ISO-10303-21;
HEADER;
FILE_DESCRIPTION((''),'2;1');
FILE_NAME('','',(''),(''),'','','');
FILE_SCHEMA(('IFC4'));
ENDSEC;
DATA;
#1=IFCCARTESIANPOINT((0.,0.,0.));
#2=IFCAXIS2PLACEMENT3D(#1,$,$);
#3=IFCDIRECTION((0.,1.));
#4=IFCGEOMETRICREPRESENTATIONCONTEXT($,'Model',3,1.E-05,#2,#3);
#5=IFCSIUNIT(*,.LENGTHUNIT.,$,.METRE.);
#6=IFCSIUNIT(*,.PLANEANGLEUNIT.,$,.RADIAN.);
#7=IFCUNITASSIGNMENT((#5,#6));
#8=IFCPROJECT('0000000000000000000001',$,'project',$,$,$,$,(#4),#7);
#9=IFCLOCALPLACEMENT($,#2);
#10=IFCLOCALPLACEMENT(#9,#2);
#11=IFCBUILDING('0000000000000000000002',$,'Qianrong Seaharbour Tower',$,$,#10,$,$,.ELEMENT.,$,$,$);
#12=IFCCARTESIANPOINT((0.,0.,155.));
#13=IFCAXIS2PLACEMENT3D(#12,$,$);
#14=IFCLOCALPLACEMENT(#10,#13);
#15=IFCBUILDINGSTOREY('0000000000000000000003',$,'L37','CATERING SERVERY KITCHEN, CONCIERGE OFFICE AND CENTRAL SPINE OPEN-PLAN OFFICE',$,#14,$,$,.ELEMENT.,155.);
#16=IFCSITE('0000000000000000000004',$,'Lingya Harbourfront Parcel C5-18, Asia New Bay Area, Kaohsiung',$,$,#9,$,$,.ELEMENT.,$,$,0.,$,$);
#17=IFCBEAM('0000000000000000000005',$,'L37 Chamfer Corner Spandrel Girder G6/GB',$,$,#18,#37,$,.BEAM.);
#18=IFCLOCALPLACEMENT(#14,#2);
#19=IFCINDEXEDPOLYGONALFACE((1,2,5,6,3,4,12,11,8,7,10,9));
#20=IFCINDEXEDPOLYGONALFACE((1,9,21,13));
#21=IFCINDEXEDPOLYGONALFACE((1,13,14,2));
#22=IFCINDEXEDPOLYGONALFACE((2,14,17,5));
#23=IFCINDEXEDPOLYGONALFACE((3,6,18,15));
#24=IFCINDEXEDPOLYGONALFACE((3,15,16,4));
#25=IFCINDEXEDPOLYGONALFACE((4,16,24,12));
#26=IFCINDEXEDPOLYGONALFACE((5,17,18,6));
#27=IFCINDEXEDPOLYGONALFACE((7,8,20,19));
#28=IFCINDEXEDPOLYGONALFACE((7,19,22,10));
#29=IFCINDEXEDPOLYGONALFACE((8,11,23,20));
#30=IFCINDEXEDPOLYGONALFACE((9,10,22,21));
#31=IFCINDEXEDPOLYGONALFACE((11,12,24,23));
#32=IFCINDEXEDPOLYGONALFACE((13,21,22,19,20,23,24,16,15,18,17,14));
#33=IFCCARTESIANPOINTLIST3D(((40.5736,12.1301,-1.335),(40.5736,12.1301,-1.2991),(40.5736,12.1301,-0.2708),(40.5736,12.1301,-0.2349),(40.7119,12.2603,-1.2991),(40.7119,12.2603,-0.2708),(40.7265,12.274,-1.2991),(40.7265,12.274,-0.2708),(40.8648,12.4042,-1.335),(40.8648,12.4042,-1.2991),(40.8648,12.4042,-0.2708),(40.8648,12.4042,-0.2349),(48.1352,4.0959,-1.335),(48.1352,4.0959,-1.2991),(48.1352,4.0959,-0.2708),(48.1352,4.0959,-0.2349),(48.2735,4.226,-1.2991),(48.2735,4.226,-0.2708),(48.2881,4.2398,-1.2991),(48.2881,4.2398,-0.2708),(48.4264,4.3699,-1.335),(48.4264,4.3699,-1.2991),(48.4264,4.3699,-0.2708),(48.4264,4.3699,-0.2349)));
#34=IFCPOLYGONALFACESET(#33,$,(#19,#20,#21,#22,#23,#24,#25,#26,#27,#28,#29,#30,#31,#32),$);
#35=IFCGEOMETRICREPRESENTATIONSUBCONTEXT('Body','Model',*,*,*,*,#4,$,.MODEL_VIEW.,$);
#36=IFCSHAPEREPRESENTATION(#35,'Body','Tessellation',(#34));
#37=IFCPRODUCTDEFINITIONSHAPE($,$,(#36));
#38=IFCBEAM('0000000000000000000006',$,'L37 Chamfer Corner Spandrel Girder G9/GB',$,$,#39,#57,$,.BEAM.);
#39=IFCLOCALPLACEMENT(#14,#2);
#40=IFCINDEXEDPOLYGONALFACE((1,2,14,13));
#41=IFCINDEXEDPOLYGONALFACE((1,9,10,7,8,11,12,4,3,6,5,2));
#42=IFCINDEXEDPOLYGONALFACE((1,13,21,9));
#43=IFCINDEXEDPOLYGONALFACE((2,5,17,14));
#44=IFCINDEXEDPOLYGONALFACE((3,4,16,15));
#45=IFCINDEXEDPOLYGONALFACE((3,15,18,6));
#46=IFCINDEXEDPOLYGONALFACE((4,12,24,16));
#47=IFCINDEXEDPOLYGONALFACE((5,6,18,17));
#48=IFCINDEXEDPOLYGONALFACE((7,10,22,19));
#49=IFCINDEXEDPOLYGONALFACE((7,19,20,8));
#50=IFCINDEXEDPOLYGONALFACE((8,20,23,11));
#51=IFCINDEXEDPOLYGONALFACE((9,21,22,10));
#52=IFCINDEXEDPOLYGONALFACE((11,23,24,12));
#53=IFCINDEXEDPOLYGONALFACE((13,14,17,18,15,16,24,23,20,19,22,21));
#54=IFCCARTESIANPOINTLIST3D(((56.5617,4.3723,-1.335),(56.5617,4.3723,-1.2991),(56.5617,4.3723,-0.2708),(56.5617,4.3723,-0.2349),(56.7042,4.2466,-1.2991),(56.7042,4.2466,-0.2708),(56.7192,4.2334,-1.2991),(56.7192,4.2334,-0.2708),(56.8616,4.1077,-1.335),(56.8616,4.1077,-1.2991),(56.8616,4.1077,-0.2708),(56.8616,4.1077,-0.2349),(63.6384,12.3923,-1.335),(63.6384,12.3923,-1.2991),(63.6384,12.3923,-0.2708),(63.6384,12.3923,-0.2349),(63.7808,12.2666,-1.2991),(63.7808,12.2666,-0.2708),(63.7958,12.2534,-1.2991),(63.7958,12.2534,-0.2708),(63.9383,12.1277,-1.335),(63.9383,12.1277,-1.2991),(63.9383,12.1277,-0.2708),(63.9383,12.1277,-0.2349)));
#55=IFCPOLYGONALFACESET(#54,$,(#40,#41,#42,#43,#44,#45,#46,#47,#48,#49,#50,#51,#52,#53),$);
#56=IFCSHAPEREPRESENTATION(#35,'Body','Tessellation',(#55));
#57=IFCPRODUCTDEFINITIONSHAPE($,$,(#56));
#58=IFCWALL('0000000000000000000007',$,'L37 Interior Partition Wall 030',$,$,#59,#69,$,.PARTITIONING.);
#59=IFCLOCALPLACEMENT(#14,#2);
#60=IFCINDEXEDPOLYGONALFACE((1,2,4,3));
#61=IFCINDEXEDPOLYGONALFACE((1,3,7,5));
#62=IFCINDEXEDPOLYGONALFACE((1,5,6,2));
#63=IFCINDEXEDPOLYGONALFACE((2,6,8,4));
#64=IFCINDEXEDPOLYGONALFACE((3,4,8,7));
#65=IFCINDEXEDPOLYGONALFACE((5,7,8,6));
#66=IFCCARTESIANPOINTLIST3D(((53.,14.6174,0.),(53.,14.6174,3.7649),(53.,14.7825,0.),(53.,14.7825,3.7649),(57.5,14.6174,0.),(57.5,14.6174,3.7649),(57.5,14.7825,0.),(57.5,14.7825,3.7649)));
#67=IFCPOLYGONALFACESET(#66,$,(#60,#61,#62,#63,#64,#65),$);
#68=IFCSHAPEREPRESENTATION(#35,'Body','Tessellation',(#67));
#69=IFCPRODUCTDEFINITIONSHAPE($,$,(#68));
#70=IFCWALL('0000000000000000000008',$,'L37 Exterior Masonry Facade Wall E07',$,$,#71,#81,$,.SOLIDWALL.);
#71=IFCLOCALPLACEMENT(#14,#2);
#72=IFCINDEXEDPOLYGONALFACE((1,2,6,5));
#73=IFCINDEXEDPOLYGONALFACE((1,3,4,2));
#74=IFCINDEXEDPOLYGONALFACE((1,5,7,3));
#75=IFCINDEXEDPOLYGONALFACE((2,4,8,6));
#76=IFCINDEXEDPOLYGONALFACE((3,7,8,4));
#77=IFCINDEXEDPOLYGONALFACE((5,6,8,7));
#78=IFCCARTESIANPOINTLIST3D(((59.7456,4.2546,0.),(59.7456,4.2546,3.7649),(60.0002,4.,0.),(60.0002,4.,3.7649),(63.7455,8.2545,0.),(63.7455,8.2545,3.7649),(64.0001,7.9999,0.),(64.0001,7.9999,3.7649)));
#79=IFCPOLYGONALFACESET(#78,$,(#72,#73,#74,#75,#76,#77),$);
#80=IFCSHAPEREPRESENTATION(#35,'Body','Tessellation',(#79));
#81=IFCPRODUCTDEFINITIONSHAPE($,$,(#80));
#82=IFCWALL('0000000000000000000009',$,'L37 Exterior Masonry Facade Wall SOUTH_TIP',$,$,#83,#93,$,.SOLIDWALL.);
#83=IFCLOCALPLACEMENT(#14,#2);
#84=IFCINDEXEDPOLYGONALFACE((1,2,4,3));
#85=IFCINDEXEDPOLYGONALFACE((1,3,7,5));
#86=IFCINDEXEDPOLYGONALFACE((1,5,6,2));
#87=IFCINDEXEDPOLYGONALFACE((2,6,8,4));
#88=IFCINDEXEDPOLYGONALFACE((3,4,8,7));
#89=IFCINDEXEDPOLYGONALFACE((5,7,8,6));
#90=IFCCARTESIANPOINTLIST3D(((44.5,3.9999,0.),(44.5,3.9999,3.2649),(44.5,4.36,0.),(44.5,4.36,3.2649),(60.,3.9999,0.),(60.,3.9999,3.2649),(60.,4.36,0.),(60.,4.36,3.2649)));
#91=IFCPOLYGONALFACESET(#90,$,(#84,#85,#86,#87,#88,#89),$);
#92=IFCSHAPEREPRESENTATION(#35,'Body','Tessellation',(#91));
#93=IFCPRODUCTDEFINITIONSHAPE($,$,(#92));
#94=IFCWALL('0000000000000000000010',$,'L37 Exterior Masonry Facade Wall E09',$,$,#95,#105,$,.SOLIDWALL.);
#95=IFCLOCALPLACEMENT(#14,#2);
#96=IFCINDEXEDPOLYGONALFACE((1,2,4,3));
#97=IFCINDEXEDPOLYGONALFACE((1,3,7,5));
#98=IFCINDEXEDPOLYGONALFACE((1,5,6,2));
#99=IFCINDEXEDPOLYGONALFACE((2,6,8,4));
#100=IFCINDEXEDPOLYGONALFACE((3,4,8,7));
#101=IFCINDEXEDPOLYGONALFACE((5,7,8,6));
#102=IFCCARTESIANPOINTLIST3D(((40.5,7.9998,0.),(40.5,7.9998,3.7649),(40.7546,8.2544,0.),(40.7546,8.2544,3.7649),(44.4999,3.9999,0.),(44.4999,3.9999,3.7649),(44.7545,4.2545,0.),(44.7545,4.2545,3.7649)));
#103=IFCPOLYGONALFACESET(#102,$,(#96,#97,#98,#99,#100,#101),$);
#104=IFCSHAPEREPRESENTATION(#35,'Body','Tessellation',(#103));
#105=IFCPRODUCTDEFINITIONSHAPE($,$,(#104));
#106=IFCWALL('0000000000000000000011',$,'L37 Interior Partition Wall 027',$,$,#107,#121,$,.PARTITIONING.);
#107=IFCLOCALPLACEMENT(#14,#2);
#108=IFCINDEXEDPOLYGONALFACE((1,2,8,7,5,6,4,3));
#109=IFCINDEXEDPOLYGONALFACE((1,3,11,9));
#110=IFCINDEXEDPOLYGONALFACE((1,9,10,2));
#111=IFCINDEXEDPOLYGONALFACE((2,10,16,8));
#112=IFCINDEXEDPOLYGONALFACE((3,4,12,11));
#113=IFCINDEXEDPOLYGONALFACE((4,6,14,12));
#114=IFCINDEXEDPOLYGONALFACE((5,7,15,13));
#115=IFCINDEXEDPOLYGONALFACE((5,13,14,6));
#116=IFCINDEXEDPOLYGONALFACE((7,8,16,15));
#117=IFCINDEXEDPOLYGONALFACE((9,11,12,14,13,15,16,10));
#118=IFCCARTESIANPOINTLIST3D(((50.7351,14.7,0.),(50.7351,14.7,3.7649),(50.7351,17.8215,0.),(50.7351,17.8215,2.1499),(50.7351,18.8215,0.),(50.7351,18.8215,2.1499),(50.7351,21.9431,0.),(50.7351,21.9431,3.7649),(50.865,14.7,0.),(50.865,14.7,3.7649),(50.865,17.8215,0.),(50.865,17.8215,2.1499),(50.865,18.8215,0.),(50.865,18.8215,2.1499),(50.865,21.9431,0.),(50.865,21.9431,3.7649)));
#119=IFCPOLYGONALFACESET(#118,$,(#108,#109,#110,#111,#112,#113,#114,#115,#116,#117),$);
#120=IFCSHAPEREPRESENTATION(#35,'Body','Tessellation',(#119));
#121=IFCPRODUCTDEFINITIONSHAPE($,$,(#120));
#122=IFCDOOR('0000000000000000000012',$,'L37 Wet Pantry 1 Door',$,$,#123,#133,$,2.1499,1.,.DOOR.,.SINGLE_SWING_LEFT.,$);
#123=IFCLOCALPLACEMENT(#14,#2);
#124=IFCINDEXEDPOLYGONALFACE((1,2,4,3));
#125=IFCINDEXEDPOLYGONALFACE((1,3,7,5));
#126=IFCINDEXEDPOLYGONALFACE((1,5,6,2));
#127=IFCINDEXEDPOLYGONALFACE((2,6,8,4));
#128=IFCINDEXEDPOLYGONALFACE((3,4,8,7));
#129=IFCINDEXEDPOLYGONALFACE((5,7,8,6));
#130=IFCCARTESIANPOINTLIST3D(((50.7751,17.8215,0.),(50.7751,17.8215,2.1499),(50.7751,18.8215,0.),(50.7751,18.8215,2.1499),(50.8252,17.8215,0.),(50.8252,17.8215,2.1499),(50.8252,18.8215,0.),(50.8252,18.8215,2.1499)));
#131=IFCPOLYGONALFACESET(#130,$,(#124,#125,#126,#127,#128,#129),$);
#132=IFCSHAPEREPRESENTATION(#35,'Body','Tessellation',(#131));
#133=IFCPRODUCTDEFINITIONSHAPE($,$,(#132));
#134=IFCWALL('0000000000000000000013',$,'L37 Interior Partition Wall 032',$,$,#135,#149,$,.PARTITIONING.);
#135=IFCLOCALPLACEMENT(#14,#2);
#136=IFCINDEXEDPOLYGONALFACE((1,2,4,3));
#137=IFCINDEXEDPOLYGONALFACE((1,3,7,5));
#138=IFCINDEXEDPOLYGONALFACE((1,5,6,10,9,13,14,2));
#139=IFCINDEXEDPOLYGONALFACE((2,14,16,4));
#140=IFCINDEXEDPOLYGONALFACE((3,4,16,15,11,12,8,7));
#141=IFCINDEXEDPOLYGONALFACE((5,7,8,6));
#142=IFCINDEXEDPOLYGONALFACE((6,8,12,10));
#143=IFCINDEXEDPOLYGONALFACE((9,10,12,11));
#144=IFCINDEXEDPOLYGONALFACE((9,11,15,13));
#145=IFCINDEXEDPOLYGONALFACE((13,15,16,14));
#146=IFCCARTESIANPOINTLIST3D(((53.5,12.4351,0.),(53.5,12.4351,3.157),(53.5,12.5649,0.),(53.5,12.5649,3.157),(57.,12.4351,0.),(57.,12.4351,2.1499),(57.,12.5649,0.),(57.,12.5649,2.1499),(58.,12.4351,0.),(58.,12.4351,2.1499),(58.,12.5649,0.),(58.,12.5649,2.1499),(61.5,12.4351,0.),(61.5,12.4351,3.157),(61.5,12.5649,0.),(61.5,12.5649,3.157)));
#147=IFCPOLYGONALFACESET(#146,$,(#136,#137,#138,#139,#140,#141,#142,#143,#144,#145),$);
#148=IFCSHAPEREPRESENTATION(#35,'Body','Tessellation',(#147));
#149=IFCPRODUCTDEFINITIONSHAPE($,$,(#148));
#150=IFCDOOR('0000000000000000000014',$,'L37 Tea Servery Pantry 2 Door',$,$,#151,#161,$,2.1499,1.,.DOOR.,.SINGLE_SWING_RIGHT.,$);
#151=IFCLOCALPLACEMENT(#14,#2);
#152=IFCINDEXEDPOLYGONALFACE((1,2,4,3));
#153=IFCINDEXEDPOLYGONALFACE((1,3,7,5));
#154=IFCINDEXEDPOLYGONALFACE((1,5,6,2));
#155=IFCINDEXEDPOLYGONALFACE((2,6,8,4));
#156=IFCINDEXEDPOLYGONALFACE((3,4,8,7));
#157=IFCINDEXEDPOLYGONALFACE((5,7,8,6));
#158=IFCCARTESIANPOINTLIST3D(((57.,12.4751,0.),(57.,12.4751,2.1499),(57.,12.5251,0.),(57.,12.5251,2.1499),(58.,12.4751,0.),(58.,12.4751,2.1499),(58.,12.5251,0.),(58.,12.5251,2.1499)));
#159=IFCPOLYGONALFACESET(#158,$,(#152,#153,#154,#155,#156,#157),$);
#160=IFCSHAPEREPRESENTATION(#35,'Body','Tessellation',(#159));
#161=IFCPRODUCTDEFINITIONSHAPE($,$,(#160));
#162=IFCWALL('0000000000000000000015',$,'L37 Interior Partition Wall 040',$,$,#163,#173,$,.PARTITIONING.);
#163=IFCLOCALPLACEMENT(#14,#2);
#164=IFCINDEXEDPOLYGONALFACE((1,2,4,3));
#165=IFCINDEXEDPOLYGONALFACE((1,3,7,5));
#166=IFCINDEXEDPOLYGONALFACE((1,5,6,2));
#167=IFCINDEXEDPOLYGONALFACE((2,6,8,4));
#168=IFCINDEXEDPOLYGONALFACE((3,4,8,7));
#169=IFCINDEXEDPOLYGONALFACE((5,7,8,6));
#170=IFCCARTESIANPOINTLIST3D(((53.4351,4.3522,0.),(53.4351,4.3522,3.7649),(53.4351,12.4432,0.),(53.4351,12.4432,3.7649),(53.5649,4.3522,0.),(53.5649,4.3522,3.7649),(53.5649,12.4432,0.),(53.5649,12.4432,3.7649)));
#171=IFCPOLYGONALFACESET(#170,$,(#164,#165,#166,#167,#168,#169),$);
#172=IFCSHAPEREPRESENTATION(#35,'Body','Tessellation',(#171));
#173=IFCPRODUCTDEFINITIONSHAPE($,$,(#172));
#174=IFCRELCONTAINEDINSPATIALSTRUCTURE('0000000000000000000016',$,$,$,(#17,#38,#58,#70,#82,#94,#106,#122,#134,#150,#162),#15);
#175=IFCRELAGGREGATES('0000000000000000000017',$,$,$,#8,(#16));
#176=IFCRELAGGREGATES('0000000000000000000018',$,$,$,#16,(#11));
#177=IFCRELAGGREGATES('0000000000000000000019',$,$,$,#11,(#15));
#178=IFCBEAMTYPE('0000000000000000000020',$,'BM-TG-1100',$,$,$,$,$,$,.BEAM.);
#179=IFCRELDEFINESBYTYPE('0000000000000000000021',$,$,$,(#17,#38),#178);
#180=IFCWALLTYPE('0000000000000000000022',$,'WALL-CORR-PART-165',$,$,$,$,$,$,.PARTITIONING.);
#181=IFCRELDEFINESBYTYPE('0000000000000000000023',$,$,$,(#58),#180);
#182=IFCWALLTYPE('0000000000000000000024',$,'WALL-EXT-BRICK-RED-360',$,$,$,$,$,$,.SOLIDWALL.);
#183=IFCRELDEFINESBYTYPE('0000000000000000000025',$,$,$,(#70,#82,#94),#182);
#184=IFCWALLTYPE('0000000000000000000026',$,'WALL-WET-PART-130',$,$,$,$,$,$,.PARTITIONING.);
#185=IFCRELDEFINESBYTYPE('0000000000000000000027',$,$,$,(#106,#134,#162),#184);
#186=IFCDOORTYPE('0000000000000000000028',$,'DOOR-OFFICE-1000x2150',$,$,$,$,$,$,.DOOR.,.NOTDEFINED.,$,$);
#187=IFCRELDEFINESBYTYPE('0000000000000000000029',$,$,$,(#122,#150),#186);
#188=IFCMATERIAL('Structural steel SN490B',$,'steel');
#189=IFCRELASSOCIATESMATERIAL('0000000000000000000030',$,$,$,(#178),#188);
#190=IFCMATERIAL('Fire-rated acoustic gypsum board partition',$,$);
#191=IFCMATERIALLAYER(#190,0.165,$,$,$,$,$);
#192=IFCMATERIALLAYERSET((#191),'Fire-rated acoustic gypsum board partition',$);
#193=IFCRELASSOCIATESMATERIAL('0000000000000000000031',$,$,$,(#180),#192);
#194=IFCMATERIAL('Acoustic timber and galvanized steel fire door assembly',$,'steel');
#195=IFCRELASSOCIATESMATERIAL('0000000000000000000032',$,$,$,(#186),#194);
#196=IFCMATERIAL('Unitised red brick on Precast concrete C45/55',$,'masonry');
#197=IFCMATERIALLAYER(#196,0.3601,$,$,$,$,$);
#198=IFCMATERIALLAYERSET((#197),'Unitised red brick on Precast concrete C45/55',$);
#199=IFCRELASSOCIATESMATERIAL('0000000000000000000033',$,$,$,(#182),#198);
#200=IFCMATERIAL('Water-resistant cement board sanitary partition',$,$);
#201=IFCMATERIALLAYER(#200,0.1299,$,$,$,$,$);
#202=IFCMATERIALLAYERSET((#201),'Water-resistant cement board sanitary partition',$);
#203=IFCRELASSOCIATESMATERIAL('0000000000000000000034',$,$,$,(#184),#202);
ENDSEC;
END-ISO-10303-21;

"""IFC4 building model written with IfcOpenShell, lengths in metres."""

from ifc_helpers import new_model, si_unit, direction, frame, frame_2d, origin, origin_2d, place, context, subcontext, project, spatial, rectangle, i_section, extrude, material, layer, layer_set, material_profile, profile_set, type_object, element, fill, save


model = new_model("IFC4")

# Units and contexts
model_context = context("Model", 3, precision=1e-05, world=origin(), true_north=direction((0.0, 1.0)))
body_context = subcontext(model_context, "Body", "Model", "MODEL_VIEW")
ifc_project = project(units=[si_unit("LENGTHUNIT", "METRE"), si_unit("PLANEANGLEUNIT", "RADIAN")], contexts=[model_context])

# Site, building, storey
site_placement = place(None, origin())
site = spatial("IfcSite", under=ifc_project, at=site_placement, Name="Lingya Harbourfront Parcel C5-18, Asia New Bay Area, Kaohsiung", CompositionType="ELEMENT", RefElevation=0.0)
building_placement = place(site_placement, origin())
building = spatial("IfcBuilding", under=site, at=building_placement, Name="Qianrong Seaharbour Tower", CompositionType="ELEMENT")
storey_placement = place(building_placement, frame((0.0, 0.0, 155.0)))
storey = spatial("IfcBuildingStorey", under=building, at=storey_placement, Name="L37", Description="CATERING SERVERY KITCHEN, CONCIERGE OFFICE AND CENTRAL SPINE OPEN-PLAN OFFICE", CompositionType="ELEMENT", Elevation=155.0)

# Shared definitions
ifc_material_1 = material(Name="Structural steel SN490B", Category="steel")

# Beams
ifc_material_profile_1 = material_profile(ifc_material_1, i_section(OverallWidth=0.3999, OverallDepth=1.1001, WebThickness=0.02, FlangeThickness=0.0359, at=origin_2d()), Name="BH1100x400x20x36")
ifc_profile_set_1 = profile_set([ifc_material_profile_1], Name="Structural steel SN490B")
beam_type_1 = type_object("IfcBeamType", Name="BM-TG-1100", PredefinedType="BEAM", material=ifc_profile_set_1)
beam_1_placement = place(storey_placement, frame((48.2808, 4.2329, -0.7849), z_axis=(-0.685362, 0.728203, 0.0), x_axis=(-0.728203, -0.685362, 0.0)))
element("IfcBeam", 1, at=beam_1_placement, inside=storey, type_object=beam_type_1, Name="L37 Chamfer Corner Spandrel Girder G6/GB", PredefinedType="BEAM", context=body_context, shape_type="SweptSolid", body=[
    extrude(i_section(OverallWidth=0.3999, OverallDepth=1.1001, WebThickness=0.02, FlangeThickness=0.0359, at=origin_2d()), origin(), (0.0, 0.0, 1.0), 11.033),
])
beam_2_placement = place(storey_placement, frame((56.7117, 4.24, -0.7849), z_axis=(0.661631, 0.74983, 0.0), x_axis=(-0.74983, 0.661631, 0.0)))
element("IfcBeam", 2, at=beam_2_placement, inside=storey, type_object=beam_type_1, Name="L37 Chamfer Corner Spandrel Girder G9/GB", PredefinedType="BEAM", context=body_context, shape_type="SweptSolid", body=[
    extrude(i_section(OverallWidth=0.3999, OverallDepth=1.1001, WebThickness=0.02, FlangeThickness=0.0359, at=origin_2d()), origin(), (0.0, 0.0, 1.0), 10.6958),
])

# Shared definitions
ifc_material_2 = material(Name="Fire-rated acoustic gypsum board partition")
ifc_layer_1 = layer(ifc_material_2, 0.165)
ifc_layer_set_1 = layer_set([ifc_layer_1], Name="Fire-rated acoustic gypsum board partition")
wall_type_1 = type_object("IfcWallType", Name="WALL-CORR-PART-165", PredefinedType="PARTITIONING", material=ifc_layer_set_1)
ifc_material_3 = material(Name="Acoustic timber and galvanized steel fire door assembly", Category="steel")
door_type = type_object("IfcDoorType", Name="DOOR-OFFICE-1000x2150", OperationType="NOTDEFINED", PredefinedType="DOOR", material=ifc_material_3)

# Wall
wall_1_placement = place(storey_placement, frame((53.0, 14.7, 0.0), z_axis=(0.0, 0.0, 1.0), x_axis=(1.0, 0.0, 0.0)))
element("IfcWall", 3, at=wall_1_placement, inside=storey, type_object=wall_type_1, Name="L37 Interior Partition Wall 030", PredefinedType="PARTITIONING", context=body_context, shape_type="SweptSolid", body=[
    extrude(rectangle(XDim=4.5, YDim=0.165, at=frame_2d((2.25, 0.0))), origin(), (0.0, 0.0, 1.0), 3.7649),
])

# Walls
ifc_material_4 = material(Name="Unitised red brick on Precast concrete C45/55", Category="masonry")
ifc_layer_2 = layer(ifc_material_4, 0.3601)
ifc_layer_set_2 = layer_set([ifc_layer_2], Name="Unitised red brick on Precast concrete C45/55")
wall_type_2 = type_object("IfcWallType", Name="WALL-EXT-BRICK-RED-360", PredefinedType="SOLIDWALL", material=ifc_layer_set_2)
wall_2_placement = place(storey_placement, frame((63.8728, 8.1272, 0.0), z_axis=(0.0, 0.0, 1.0), x_axis=(-0.707107, -0.707107, 0.0)))
element("IfcWall", 4, at=wall_2_placement, inside=storey, type_object=wall_type_2, Name="L37 Exterior Masonry Facade Wall E07", PredefinedType="SOLIDWALL", context=body_context, shape_type="SweptSolid", body=[
    extrude(rectangle(XDim=5.6567, YDim=0.3601, at=frame_2d((2.8284, 0.0))), origin(), (0.0, 0.0, 1.0), 3.7649),
])
wall_3_placement = place(storey_placement, frame((60.0, 4.1799, 0.0), z_axis=(0.0, 0.0, 1.0), x_axis=(-1.0, 0.0, 0.0)))
element("IfcWall", 5, at=wall_3_placement, inside=storey, type_object=wall_type_2, Name="L37 Exterior Masonry Facade Wall SOUTH_TIP", PredefinedType="SOLIDWALL", context=body_context, shape_type="SweptSolid", body=[
    extrude(rectangle(XDim=15.5, YDim=0.3601, at=frame_2d((7.75, 0.0))), origin(), (0.0, 0.0, 1.0), 3.2649),
])
wall_4_placement = place(storey_placement, frame((44.6272, 4.1272, 0.0), z_axis=(0.0, 0.0, 1.0), x_axis=(-0.707107, 0.707107, 0.0)))
element("IfcWall", 6, at=wall_4_placement, inside=storey, type_object=wall_type_2, Name="L37 Exterior Masonry Facade Wall E09", PredefinedType="SOLIDWALL", context=body_context, shape_type="SweptSolid", body=[
    extrude(rectangle(XDim=5.6567, YDim=0.3601, at=frame_2d((2.8284, 0.0))), origin(), (0.0, 0.0, 1.0), 3.7649),
])

# Walls, openings, doors
ifc_material_5 = material(Name="Water-resistant cement board sanitary partition")
ifc_layer_3 = layer(ifc_material_5, 0.1299)
ifc_layer_set_3 = layer_set([ifc_layer_3], Name="Water-resistant cement board sanitary partition")
wall_type_3 = type_object("IfcWallType", Name="WALL-WET-PART-130", PredefinedType="PARTITIONING", material=ifc_layer_set_3)
wall_5_placement = place(storey_placement, frame((50.8, 14.7, 0.0), z_axis=(0.0, 0.0, 1.0), x_axis=(0.0, 1.0, 0.0)))
wall_5 = element("IfcWall", 7, at=wall_5_placement, inside=storey, type_object=wall_type_3, Name="L37 Interior Partition Wall 027", PredefinedType="PARTITIONING", context=body_context, shape_type="SweptSolid", body=[
    extrude(rectangle(XDim=7.2432, YDim=0.1299, at=frame_2d((3.6216, 0.0))), origin(), (0.0, 0.0, 1.0), 3.7649),
])
opening_1_placement = place(wall_5_placement, frame((3.1216, 0.0, 0.0)))
opening_1 = element("IfcOpeningElement", 8, at=opening_1_placement, cuts=wall_5, PredefinedType="OPENING", context=body_context, shape_type="SweptSolid", body=[
    extrude(rectangle(XDim=1.0, YDim=2.1499, at=frame_2d((0.5, 1.075))), frame((0.0, 0.075, 0.0), z_axis=(0.0, -1.0, 0.0), x_axis=(1.0, 0.0, 0.0)), (0.0, 0.0, 1.0), 0.1499),
])
door_1_placement = place(opening_1_placement, origin())
door_1 = element("IfcDoor", 9, at=door_1_placement, inside=storey, type_object=door_type, Name="L37 Wet Pantry 1 Door", OperationType="SINGLE_SWING_LEFT", OverallHeight=2.1499, OverallWidth=1.0, PredefinedType="DOOR", context=body_context, shape_type="SweptSolid", body=[
    extrude(rectangle(XDim=1.0, YDim=2.1499, at=frame_2d((0.5, 1.075))), frame((0.0, 0.0249, 0.0), z_axis=(0.0, -1.0, 0.0), x_axis=(1.0, 0.0, 0.0)), (0.0, 0.0, 1.0), 0.05),
])
fill(opening_1, door_1)
wall_6_placement = place(storey_placement, frame((61.5, 12.5, 0.0), z_axis=(0.0, 0.0, 1.0), x_axis=(-1.0, 0.0, 0.0)))
wall_6 = element("IfcWall", 10, at=wall_6_placement, inside=storey, type_object=wall_type_3, Name="L37 Interior Partition Wall 032", PredefinedType="PARTITIONING", context=body_context, shape_type="SweptSolid", body=[
    extrude(rectangle(XDim=8.0, YDim=0.1299, at=frame_2d((4.0, 0.0))), origin(), (0.0, 0.0, 1.0), 3.157),
])
opening_2_placement = place(wall_6_placement, frame((3.5, 0.0, 0.0)))
opening_2 = element("IfcOpeningElement", 11, at=opening_2_placement, cuts=wall_6, PredefinedType="OPENING", context=body_context, shape_type="SweptSolid", body=[
    extrude(rectangle(XDim=1.0, YDim=2.1499, at=frame_2d((0.5, 1.075))), frame((0.0, 0.075, 0.0), z_axis=(0.0, -1.0, 0.0), x_axis=(1.0, 0.0, 0.0)), (0.0, 0.0, 1.0), 0.1499),
])
door_2_placement = place(opening_2_placement, origin())
door_2 = element("IfcDoor", 12, at=door_2_placement, inside=storey, type_object=door_type, Name="L37 Tea Servery Pantry 2 Door", OperationType="SINGLE_SWING_RIGHT", OverallHeight=2.1499, OverallWidth=1.0, PredefinedType="DOOR", context=body_context, shape_type="SweptSolid", body=[
    extrude(rectangle(XDim=1.0, YDim=2.1499, at=frame_2d((0.5, 1.075))), frame((0.0, 0.0249, 0.0), z_axis=(0.0, -1.0, 0.0), x_axis=(1.0, 0.0, 0.0)), (0.0, 0.0, 1.0), 0.05),
])
fill(opening_2, door_2)

# Wall
wall_7_placement = place(storey_placement, frame((53.5, 12.4431, 0.0), z_axis=(0.0, 0.0, 1.0), x_axis=(0.0, -1.0, 0.0)))
element("IfcWall", 13, at=wall_7_placement, inside=storey, type_object=wall_type_3, Name="L37 Interior Partition Wall 040", PredefinedType="PARTITIONING", context=body_context, shape_type="SweptSolid", body=[
    extrude(rectangle(XDim=8.0911, YDim=0.1299, at=frame_2d((4.0454, 0.0))), origin(), (0.0, 0.0, 1.0), 3.7649),
])

save(model, "model.ifc")
